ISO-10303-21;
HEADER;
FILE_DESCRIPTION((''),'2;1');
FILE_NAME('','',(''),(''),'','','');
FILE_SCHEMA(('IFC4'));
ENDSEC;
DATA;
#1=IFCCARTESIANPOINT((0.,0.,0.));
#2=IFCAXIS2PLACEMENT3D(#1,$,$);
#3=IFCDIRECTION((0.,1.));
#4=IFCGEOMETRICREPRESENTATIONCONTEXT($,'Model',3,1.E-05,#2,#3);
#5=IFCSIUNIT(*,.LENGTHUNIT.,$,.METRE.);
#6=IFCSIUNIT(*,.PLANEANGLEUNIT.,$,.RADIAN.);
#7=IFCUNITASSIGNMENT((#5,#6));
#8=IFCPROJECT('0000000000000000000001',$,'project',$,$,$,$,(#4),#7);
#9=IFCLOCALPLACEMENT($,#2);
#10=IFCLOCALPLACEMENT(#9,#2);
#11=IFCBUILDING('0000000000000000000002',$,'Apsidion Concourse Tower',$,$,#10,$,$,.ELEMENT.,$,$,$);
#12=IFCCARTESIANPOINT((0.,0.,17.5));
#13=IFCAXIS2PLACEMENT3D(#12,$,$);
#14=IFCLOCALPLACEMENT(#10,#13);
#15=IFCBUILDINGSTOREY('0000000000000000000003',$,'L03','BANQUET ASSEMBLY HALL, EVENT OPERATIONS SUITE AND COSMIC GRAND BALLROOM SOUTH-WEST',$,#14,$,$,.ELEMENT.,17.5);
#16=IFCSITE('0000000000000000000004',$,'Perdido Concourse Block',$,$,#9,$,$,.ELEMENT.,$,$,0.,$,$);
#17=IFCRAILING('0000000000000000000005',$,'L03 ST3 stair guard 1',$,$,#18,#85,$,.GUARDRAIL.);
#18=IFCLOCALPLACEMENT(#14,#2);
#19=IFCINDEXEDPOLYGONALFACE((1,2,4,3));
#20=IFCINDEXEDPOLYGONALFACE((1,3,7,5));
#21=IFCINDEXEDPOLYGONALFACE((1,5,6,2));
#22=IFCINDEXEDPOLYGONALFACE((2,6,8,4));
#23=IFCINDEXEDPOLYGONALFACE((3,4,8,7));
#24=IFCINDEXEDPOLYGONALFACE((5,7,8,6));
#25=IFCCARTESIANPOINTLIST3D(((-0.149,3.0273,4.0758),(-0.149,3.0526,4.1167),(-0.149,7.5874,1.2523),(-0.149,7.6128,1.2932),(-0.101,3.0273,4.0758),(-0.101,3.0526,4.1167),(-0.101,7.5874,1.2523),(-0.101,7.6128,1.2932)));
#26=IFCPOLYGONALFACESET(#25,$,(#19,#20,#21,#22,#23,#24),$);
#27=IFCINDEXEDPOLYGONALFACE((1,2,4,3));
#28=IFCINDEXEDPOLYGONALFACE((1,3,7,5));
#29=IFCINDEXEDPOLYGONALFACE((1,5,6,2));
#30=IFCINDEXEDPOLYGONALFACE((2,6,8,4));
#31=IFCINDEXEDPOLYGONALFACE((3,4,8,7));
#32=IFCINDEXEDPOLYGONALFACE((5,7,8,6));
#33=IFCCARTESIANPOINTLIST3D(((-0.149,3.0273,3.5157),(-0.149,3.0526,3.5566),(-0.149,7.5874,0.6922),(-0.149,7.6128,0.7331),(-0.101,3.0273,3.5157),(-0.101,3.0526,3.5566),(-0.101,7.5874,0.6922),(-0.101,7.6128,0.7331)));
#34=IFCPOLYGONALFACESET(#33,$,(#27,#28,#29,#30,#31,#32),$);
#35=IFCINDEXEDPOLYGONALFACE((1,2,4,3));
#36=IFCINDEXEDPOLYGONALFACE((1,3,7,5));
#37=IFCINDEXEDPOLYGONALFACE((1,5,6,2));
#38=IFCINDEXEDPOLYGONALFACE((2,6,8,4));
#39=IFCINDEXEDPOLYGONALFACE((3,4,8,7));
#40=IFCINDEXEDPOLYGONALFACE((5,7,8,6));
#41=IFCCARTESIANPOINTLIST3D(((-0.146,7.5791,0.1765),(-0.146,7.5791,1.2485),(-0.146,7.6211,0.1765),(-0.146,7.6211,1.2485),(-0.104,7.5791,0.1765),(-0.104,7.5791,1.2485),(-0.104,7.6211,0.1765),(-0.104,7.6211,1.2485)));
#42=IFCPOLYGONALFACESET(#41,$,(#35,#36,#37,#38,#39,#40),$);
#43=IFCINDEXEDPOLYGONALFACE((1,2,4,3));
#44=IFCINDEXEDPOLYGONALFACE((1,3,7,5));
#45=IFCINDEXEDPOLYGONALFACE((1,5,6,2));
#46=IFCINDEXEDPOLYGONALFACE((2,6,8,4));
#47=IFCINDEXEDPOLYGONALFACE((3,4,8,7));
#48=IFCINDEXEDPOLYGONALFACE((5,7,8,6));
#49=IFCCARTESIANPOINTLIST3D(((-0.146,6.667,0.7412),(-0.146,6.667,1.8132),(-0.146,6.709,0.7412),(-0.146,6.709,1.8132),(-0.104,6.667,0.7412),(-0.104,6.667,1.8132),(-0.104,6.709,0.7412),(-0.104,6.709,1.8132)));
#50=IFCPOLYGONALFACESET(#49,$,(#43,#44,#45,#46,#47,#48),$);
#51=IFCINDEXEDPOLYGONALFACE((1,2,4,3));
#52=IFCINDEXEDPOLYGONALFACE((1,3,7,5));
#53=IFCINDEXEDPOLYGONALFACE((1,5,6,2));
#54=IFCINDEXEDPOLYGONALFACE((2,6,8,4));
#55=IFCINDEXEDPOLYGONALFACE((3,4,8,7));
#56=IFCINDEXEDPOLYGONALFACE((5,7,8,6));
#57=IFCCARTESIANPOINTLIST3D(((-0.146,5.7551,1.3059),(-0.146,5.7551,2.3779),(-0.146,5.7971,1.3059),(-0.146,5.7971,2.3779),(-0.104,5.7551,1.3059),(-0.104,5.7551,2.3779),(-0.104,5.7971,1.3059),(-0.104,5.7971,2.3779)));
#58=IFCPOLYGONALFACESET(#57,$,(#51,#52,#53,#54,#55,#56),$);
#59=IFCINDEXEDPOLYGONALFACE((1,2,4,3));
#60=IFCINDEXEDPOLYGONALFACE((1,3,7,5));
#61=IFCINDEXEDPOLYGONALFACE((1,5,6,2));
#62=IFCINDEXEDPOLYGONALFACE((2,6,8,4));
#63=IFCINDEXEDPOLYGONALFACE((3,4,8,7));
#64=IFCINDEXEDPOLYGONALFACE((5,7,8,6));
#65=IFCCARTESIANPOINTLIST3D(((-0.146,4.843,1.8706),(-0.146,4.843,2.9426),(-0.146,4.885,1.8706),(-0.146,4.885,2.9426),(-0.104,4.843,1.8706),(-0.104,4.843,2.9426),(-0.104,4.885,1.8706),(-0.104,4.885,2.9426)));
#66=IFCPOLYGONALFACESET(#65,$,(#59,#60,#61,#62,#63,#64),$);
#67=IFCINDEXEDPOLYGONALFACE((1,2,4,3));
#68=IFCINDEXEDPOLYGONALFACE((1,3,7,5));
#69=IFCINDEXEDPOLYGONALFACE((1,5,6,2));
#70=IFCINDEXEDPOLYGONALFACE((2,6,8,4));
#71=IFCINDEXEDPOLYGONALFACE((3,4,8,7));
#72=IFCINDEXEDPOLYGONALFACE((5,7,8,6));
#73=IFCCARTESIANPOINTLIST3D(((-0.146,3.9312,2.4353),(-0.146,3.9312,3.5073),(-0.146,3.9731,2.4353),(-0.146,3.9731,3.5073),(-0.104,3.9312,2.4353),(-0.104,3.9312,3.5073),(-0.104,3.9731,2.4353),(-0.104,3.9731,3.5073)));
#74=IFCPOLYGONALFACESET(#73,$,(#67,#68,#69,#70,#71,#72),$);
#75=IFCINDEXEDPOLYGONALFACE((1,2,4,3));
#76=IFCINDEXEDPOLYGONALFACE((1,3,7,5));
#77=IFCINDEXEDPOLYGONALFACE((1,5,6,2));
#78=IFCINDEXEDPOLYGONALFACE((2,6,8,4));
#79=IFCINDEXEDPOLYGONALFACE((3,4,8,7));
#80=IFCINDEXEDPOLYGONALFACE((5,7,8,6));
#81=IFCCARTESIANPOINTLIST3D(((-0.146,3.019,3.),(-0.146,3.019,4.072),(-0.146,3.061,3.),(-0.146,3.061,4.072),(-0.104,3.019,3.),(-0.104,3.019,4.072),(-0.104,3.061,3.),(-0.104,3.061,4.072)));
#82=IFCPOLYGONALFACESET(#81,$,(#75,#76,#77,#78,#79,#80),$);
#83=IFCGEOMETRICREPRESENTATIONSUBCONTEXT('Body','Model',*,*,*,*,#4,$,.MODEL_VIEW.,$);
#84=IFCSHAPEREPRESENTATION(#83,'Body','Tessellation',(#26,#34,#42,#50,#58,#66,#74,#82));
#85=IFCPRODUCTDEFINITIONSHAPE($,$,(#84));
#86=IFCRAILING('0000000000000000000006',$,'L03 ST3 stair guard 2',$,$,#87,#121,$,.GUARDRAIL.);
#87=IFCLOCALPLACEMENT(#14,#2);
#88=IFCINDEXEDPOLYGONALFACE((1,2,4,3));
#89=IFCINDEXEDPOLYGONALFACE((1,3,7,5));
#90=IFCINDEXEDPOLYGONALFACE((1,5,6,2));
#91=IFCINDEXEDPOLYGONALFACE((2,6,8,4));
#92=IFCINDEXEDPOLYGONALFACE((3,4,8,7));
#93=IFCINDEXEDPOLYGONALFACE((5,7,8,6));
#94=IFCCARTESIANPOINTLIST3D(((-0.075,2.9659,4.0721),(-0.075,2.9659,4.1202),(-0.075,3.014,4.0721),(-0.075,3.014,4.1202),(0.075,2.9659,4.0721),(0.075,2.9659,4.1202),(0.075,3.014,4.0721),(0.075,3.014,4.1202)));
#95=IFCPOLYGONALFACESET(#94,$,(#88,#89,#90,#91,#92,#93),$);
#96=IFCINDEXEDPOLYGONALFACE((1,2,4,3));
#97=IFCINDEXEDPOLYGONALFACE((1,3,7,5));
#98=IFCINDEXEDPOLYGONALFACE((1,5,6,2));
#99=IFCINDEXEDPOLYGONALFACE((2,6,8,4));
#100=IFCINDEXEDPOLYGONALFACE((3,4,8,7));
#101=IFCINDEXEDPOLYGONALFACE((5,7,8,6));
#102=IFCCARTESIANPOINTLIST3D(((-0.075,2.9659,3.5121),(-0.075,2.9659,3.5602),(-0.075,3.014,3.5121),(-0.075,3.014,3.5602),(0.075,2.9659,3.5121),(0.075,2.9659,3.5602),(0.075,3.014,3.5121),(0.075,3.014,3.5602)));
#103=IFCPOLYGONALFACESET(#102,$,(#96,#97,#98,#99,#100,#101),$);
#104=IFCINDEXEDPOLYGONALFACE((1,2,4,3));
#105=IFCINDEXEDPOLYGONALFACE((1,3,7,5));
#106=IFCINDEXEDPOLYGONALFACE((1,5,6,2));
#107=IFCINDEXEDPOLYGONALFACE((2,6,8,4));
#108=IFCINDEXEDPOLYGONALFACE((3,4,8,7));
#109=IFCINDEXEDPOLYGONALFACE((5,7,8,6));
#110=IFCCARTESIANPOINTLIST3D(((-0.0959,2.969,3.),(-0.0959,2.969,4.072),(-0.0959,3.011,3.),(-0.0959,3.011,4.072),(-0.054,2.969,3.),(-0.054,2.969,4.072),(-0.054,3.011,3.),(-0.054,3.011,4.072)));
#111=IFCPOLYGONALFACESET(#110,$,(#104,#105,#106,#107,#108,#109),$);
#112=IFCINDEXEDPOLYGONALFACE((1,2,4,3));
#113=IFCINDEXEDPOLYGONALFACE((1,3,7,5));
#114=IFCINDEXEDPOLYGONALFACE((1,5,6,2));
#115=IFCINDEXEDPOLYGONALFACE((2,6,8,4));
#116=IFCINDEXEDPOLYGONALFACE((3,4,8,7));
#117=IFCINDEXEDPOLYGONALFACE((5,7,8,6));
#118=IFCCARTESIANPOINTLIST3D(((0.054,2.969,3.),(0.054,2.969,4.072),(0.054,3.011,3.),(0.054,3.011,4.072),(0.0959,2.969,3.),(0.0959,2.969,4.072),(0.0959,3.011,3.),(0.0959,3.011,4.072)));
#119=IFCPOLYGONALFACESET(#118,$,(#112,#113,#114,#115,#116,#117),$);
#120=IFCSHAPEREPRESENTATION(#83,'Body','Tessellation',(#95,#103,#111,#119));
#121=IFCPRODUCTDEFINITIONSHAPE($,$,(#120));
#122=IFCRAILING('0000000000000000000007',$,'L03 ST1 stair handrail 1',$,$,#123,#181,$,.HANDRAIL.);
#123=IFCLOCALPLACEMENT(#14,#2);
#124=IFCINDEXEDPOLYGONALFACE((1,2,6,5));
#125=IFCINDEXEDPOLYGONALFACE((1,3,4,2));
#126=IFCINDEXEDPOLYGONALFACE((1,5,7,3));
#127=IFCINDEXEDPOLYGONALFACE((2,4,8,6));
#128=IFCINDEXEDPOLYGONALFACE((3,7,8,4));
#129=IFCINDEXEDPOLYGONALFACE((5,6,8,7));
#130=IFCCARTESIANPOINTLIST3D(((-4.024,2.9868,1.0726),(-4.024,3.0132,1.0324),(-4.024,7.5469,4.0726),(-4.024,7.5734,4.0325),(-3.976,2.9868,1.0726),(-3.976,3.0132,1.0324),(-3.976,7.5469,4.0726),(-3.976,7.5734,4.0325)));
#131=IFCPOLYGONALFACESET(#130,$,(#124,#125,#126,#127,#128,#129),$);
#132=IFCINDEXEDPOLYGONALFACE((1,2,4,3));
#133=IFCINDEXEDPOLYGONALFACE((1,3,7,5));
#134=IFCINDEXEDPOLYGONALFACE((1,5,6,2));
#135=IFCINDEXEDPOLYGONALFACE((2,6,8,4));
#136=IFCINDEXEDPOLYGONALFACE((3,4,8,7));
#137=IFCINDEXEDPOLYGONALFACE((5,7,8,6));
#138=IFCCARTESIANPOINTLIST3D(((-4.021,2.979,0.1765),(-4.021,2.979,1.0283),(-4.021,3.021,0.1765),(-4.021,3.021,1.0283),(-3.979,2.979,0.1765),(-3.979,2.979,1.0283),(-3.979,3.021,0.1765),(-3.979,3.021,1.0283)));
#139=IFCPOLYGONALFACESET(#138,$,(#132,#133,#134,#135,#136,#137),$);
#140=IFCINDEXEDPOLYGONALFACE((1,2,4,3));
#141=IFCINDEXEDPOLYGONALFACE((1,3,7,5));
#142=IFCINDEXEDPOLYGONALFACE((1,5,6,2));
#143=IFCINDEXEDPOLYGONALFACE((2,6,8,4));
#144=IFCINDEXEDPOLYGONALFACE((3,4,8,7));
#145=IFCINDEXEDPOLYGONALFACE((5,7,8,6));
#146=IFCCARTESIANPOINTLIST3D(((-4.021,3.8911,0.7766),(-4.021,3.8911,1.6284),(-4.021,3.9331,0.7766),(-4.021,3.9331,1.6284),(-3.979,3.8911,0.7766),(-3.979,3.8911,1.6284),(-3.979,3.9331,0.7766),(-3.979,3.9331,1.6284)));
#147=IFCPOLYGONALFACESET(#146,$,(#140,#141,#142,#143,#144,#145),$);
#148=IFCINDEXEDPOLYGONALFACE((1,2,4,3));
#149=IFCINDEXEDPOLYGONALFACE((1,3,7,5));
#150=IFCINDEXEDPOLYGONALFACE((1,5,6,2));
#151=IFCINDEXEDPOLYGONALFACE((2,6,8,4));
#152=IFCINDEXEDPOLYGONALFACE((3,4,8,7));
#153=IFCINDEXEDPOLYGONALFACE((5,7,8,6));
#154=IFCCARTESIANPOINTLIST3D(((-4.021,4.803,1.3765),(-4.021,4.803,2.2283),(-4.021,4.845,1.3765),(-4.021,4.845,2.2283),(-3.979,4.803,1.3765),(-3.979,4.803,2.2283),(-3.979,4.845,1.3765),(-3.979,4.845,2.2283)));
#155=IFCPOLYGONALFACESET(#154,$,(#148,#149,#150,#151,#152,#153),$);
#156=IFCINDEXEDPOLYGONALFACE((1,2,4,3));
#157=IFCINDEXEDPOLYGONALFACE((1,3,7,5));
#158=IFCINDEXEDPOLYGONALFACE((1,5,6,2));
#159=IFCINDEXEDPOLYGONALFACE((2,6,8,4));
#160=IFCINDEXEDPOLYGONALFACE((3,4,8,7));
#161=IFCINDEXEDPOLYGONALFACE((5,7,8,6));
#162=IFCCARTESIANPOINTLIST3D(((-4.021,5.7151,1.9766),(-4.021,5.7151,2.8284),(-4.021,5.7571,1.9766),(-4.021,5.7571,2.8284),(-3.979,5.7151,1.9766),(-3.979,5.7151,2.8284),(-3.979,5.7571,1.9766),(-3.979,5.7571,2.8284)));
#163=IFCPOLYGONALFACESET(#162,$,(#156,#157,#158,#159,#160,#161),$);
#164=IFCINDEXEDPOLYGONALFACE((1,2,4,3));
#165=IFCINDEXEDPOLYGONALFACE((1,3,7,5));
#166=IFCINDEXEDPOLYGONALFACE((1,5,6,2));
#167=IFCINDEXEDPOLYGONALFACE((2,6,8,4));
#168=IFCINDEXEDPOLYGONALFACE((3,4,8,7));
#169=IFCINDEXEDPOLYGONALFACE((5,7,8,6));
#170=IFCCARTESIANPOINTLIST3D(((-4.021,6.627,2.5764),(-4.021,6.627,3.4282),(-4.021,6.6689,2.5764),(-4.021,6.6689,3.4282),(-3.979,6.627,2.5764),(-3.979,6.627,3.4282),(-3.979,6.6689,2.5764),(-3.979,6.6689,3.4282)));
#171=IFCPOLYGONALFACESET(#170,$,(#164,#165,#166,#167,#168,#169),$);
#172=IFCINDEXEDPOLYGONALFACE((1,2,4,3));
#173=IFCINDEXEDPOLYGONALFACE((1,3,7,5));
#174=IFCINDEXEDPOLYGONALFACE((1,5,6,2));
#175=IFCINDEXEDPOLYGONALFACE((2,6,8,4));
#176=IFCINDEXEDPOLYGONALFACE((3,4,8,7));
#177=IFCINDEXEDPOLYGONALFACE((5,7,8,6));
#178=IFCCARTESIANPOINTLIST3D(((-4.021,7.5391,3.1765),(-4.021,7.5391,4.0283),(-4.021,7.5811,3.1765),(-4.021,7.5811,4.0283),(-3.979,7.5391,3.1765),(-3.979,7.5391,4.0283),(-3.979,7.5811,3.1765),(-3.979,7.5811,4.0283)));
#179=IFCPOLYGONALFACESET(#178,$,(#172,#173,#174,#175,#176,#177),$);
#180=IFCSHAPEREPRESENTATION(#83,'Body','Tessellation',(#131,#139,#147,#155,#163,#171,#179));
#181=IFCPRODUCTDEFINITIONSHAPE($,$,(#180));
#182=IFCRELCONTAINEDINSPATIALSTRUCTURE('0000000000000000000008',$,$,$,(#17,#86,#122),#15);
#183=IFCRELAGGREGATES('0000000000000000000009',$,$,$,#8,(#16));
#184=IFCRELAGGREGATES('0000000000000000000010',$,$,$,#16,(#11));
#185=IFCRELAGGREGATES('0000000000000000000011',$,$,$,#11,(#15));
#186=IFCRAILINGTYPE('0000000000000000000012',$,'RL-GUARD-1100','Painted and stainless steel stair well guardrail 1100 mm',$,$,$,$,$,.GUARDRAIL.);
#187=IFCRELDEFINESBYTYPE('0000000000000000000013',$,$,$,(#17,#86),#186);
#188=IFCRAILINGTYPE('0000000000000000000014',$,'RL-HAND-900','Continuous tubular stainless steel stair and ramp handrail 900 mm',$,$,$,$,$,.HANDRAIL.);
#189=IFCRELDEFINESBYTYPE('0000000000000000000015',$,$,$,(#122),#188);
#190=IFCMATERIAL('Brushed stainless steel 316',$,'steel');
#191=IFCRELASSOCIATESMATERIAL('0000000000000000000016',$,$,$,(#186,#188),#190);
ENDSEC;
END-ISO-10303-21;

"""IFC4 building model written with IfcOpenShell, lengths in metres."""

from ifc_helpers import new_model, si_unit, direction, frame, origin, origin_2d, place, context, subcontext, project, spatial, rectangle, extrude, material, type_object, element, save


model = new_model("IFC4")

# Units and contexts
model_context = context("Model", 3, precision=1e-05, world=origin(), true_north=direction((0.0, 1.0)))
body_context = subcontext(model_context, "Body", "Model", "MODEL_VIEW")
ifc_project = project(units=[si_unit("LENGTHUNIT", "METRE"), si_unit("PLANEANGLEUNIT", "RADIAN")], contexts=[model_context])

# Site, building, storey
site_placement = place(None, origin())
site = spatial("IfcSite", under=ifc_project, at=site_placement, Name="Perdido Concourse Block", CompositionType="ELEMENT", RefElevation=0.0)
building_placement = place(site_placement, origin())
building = spatial("IfcBuilding", under=site, at=building_placement, Name="Apsidion Concourse Tower", CompositionType="ELEMENT")
storey_placement = place(building_placement, frame((0.0, 0.0, 17.5)))
storey = spatial("IfcBuildingStorey", under=building, at=storey_placement, Name="L03", Description="BANQUET ASSEMBLY HALL, EVENT OPERATIONS SUITE AND COSMIC GRAND BALLROOM SOUTH-WEST", CompositionType="ELEMENT", Elevation=17.5)

# Shared definitions
ifc_material_1 = material(Name="Brushed stainless steel 316", Category="steel")

# Railings
railing_type_1 = type_object("IfcRailingType", Name="RL-GUARD-1100", Description="Painted and stainless steel stair well guardrail 1100 mm", PredefinedType="GUARDRAIL", material=ifc_material_1)
railing_1_placement = place(storey_placement, frame((-0.125, 7.6001, 0.1765)))
element("IfcRailing", 1, at=railing_1_placement, inside=storey, type_object=railing_type_1, Name="L03 ST3 stair guard 1", PredefinedType="GUARDRAIL", context=body_context, shape_type="SweptSolid", body=[
    extrude(rectangle(XDim=0.0481, YDim=0.0481, at=origin_2d()), frame((0.0, 0.0, 1.0962), z_axis=(0.0, -0.850216, 0.526435), x_axis=(1.0, 0.0, 0.0)), (0.0, 0.0, 1.0), 5.3635),
    extrude(rectangle(XDim=0.0481, YDim=0.0481, at=origin_2d()), frame((0.0, 0.0, 0.5361), z_axis=(0.0, -0.850216, 0.526435), x_axis=(1.0, 0.0, 0.0)), (0.0, 0.0, 1.0), 5.3635),
    extrude(rectangle(XDim=0.042, YDim=0.042, at=origin_2d()), origin(), (0.0, 0.0, 1.0), 1.072),
    extrude(rectangle(XDim=0.042, YDim=0.042, at=origin_2d()), frame((0.0, -0.9121, 0.5647)), (0.0, 0.0, 1.0), 1.072),
    extrude(rectangle(XDim=0.042, YDim=0.042, at=origin_2d()), frame((0.0, -1.824, 1.1294)), (0.0, 0.0, 1.0), 1.072),
    extrude(rectangle(XDim=0.042, YDim=0.042, at=origin_2d()), frame((0.0, -2.7361, 1.6941)), (0.0, 0.0, 1.0), 1.072),
    extrude(rectangle(XDim=0.042, YDim=0.042, at=origin_2d()), frame((0.0, -3.6479, 2.2588)), (0.0, 0.0, 1.0), 1.072),
    extrude(rectangle(XDim=0.042, YDim=0.042, at=origin_2d()), frame((0.0, -4.5601, 2.8235)), (0.0, 0.0, 1.0), 1.072),
])
railing_2_placement = place(storey_placement, frame((-0.075, 2.99, 3.0)))
element("IfcRailing", 2, at=railing_2_placement, inside=storey, type_object=railing_type_1, Name="L03 ST3 stair guard 2", PredefinedType="GUARDRAIL", context=body_context, shape_type="SweptSolid", body=[
    extrude(rectangle(XDim=0.0481, YDim=0.0481, at=origin_2d()), frame((0.0, 0.0, 1.0962), z_axis=(1.0, 0.0, 0.0), x_axis=(0.0, 1.0, 0.0)), (0.0, 0.0, 1.0), 0.1499),
    extrude(rectangle(XDim=0.0481, YDim=0.0481, at=origin_2d()), frame((0.0, 0.0, 0.5361), z_axis=(1.0, 0.0, 0.0), x_axis=(0.0, 1.0, 0.0)), (0.0, 0.0, 1.0), 0.1499),
    extrude(rectangle(XDim=0.042, YDim=0.042, at=origin_2d()), origin(), (0.0, 0.0, 1.0), 1.072),
    extrude(rectangle(XDim=0.042, YDim=0.042, at=origin_2d()), frame((0.1499, 0.0, 0.0)), (0.0, 0.0, 1.0), 1.072),
])
railing_type_2 = type_object("IfcRailingType", Name="RL-HAND-900", Description="Continuous tubular stainless steel stair and ramp handrail 900 mm", PredefinedType="HANDRAIL", material=ifc_material_1)
railing_3_placement = place(storey_placement, frame((-4.0, 3.0, 0.1765)))
element("IfcRailing", 3, at=railing_3_placement, inside=storey, type_object=railing_type_2, Name="L03 ST1 stair handrail 1", PredefinedType="HANDRAIL", context=body_context, shape_type="SweptSolid", body=[
    extrude(rectangle(XDim=0.0481, YDim=0.0481, at=origin_2d()), frame((0.0, 0.0, 0.876), z_axis=(0.0, 0.83542, 0.549612), x_axis=(-1.0, 0.0, 0.0)), (0.0, 0.0, 1.0), 5.4585),
    extrude(rectangle(XDim=0.042, YDim=0.042, at=origin_2d()), origin(), (0.0, 0.0, 1.0), 0.8518),
    extrude(rectangle(XDim=0.042, YDim=0.042, at=origin_2d()), frame((0.0, 0.9121, 0.6001)), (0.0, 0.0, 1.0), 0.8518),
    extrude(rectangle(XDim=0.042, YDim=0.042, at=origin_2d()), frame((0.0, 1.824, 1.2)), (0.0, 0.0, 1.0), 0.8518),
    extrude(rectangle(XDim=0.042, YDim=0.042, at=origin_2d()), frame((0.0, 2.7361, 1.8)), (0.0, 0.0, 1.0), 0.8518),
    extrude(rectangle(XDim=0.042, YDim=0.042, at=origin_2d()), frame((0.0, 3.6479, 2.3999)), (0.0, 0.0, 1.0), 0.8518),
    extrude(rectangle(XDim=0.042, YDim=0.042, at=origin_2d()), frame((0.0, 4.5601, 3.0)), (0.0, 0.0, 1.0), 0.8518),
])

save(model, "model.ifc")
